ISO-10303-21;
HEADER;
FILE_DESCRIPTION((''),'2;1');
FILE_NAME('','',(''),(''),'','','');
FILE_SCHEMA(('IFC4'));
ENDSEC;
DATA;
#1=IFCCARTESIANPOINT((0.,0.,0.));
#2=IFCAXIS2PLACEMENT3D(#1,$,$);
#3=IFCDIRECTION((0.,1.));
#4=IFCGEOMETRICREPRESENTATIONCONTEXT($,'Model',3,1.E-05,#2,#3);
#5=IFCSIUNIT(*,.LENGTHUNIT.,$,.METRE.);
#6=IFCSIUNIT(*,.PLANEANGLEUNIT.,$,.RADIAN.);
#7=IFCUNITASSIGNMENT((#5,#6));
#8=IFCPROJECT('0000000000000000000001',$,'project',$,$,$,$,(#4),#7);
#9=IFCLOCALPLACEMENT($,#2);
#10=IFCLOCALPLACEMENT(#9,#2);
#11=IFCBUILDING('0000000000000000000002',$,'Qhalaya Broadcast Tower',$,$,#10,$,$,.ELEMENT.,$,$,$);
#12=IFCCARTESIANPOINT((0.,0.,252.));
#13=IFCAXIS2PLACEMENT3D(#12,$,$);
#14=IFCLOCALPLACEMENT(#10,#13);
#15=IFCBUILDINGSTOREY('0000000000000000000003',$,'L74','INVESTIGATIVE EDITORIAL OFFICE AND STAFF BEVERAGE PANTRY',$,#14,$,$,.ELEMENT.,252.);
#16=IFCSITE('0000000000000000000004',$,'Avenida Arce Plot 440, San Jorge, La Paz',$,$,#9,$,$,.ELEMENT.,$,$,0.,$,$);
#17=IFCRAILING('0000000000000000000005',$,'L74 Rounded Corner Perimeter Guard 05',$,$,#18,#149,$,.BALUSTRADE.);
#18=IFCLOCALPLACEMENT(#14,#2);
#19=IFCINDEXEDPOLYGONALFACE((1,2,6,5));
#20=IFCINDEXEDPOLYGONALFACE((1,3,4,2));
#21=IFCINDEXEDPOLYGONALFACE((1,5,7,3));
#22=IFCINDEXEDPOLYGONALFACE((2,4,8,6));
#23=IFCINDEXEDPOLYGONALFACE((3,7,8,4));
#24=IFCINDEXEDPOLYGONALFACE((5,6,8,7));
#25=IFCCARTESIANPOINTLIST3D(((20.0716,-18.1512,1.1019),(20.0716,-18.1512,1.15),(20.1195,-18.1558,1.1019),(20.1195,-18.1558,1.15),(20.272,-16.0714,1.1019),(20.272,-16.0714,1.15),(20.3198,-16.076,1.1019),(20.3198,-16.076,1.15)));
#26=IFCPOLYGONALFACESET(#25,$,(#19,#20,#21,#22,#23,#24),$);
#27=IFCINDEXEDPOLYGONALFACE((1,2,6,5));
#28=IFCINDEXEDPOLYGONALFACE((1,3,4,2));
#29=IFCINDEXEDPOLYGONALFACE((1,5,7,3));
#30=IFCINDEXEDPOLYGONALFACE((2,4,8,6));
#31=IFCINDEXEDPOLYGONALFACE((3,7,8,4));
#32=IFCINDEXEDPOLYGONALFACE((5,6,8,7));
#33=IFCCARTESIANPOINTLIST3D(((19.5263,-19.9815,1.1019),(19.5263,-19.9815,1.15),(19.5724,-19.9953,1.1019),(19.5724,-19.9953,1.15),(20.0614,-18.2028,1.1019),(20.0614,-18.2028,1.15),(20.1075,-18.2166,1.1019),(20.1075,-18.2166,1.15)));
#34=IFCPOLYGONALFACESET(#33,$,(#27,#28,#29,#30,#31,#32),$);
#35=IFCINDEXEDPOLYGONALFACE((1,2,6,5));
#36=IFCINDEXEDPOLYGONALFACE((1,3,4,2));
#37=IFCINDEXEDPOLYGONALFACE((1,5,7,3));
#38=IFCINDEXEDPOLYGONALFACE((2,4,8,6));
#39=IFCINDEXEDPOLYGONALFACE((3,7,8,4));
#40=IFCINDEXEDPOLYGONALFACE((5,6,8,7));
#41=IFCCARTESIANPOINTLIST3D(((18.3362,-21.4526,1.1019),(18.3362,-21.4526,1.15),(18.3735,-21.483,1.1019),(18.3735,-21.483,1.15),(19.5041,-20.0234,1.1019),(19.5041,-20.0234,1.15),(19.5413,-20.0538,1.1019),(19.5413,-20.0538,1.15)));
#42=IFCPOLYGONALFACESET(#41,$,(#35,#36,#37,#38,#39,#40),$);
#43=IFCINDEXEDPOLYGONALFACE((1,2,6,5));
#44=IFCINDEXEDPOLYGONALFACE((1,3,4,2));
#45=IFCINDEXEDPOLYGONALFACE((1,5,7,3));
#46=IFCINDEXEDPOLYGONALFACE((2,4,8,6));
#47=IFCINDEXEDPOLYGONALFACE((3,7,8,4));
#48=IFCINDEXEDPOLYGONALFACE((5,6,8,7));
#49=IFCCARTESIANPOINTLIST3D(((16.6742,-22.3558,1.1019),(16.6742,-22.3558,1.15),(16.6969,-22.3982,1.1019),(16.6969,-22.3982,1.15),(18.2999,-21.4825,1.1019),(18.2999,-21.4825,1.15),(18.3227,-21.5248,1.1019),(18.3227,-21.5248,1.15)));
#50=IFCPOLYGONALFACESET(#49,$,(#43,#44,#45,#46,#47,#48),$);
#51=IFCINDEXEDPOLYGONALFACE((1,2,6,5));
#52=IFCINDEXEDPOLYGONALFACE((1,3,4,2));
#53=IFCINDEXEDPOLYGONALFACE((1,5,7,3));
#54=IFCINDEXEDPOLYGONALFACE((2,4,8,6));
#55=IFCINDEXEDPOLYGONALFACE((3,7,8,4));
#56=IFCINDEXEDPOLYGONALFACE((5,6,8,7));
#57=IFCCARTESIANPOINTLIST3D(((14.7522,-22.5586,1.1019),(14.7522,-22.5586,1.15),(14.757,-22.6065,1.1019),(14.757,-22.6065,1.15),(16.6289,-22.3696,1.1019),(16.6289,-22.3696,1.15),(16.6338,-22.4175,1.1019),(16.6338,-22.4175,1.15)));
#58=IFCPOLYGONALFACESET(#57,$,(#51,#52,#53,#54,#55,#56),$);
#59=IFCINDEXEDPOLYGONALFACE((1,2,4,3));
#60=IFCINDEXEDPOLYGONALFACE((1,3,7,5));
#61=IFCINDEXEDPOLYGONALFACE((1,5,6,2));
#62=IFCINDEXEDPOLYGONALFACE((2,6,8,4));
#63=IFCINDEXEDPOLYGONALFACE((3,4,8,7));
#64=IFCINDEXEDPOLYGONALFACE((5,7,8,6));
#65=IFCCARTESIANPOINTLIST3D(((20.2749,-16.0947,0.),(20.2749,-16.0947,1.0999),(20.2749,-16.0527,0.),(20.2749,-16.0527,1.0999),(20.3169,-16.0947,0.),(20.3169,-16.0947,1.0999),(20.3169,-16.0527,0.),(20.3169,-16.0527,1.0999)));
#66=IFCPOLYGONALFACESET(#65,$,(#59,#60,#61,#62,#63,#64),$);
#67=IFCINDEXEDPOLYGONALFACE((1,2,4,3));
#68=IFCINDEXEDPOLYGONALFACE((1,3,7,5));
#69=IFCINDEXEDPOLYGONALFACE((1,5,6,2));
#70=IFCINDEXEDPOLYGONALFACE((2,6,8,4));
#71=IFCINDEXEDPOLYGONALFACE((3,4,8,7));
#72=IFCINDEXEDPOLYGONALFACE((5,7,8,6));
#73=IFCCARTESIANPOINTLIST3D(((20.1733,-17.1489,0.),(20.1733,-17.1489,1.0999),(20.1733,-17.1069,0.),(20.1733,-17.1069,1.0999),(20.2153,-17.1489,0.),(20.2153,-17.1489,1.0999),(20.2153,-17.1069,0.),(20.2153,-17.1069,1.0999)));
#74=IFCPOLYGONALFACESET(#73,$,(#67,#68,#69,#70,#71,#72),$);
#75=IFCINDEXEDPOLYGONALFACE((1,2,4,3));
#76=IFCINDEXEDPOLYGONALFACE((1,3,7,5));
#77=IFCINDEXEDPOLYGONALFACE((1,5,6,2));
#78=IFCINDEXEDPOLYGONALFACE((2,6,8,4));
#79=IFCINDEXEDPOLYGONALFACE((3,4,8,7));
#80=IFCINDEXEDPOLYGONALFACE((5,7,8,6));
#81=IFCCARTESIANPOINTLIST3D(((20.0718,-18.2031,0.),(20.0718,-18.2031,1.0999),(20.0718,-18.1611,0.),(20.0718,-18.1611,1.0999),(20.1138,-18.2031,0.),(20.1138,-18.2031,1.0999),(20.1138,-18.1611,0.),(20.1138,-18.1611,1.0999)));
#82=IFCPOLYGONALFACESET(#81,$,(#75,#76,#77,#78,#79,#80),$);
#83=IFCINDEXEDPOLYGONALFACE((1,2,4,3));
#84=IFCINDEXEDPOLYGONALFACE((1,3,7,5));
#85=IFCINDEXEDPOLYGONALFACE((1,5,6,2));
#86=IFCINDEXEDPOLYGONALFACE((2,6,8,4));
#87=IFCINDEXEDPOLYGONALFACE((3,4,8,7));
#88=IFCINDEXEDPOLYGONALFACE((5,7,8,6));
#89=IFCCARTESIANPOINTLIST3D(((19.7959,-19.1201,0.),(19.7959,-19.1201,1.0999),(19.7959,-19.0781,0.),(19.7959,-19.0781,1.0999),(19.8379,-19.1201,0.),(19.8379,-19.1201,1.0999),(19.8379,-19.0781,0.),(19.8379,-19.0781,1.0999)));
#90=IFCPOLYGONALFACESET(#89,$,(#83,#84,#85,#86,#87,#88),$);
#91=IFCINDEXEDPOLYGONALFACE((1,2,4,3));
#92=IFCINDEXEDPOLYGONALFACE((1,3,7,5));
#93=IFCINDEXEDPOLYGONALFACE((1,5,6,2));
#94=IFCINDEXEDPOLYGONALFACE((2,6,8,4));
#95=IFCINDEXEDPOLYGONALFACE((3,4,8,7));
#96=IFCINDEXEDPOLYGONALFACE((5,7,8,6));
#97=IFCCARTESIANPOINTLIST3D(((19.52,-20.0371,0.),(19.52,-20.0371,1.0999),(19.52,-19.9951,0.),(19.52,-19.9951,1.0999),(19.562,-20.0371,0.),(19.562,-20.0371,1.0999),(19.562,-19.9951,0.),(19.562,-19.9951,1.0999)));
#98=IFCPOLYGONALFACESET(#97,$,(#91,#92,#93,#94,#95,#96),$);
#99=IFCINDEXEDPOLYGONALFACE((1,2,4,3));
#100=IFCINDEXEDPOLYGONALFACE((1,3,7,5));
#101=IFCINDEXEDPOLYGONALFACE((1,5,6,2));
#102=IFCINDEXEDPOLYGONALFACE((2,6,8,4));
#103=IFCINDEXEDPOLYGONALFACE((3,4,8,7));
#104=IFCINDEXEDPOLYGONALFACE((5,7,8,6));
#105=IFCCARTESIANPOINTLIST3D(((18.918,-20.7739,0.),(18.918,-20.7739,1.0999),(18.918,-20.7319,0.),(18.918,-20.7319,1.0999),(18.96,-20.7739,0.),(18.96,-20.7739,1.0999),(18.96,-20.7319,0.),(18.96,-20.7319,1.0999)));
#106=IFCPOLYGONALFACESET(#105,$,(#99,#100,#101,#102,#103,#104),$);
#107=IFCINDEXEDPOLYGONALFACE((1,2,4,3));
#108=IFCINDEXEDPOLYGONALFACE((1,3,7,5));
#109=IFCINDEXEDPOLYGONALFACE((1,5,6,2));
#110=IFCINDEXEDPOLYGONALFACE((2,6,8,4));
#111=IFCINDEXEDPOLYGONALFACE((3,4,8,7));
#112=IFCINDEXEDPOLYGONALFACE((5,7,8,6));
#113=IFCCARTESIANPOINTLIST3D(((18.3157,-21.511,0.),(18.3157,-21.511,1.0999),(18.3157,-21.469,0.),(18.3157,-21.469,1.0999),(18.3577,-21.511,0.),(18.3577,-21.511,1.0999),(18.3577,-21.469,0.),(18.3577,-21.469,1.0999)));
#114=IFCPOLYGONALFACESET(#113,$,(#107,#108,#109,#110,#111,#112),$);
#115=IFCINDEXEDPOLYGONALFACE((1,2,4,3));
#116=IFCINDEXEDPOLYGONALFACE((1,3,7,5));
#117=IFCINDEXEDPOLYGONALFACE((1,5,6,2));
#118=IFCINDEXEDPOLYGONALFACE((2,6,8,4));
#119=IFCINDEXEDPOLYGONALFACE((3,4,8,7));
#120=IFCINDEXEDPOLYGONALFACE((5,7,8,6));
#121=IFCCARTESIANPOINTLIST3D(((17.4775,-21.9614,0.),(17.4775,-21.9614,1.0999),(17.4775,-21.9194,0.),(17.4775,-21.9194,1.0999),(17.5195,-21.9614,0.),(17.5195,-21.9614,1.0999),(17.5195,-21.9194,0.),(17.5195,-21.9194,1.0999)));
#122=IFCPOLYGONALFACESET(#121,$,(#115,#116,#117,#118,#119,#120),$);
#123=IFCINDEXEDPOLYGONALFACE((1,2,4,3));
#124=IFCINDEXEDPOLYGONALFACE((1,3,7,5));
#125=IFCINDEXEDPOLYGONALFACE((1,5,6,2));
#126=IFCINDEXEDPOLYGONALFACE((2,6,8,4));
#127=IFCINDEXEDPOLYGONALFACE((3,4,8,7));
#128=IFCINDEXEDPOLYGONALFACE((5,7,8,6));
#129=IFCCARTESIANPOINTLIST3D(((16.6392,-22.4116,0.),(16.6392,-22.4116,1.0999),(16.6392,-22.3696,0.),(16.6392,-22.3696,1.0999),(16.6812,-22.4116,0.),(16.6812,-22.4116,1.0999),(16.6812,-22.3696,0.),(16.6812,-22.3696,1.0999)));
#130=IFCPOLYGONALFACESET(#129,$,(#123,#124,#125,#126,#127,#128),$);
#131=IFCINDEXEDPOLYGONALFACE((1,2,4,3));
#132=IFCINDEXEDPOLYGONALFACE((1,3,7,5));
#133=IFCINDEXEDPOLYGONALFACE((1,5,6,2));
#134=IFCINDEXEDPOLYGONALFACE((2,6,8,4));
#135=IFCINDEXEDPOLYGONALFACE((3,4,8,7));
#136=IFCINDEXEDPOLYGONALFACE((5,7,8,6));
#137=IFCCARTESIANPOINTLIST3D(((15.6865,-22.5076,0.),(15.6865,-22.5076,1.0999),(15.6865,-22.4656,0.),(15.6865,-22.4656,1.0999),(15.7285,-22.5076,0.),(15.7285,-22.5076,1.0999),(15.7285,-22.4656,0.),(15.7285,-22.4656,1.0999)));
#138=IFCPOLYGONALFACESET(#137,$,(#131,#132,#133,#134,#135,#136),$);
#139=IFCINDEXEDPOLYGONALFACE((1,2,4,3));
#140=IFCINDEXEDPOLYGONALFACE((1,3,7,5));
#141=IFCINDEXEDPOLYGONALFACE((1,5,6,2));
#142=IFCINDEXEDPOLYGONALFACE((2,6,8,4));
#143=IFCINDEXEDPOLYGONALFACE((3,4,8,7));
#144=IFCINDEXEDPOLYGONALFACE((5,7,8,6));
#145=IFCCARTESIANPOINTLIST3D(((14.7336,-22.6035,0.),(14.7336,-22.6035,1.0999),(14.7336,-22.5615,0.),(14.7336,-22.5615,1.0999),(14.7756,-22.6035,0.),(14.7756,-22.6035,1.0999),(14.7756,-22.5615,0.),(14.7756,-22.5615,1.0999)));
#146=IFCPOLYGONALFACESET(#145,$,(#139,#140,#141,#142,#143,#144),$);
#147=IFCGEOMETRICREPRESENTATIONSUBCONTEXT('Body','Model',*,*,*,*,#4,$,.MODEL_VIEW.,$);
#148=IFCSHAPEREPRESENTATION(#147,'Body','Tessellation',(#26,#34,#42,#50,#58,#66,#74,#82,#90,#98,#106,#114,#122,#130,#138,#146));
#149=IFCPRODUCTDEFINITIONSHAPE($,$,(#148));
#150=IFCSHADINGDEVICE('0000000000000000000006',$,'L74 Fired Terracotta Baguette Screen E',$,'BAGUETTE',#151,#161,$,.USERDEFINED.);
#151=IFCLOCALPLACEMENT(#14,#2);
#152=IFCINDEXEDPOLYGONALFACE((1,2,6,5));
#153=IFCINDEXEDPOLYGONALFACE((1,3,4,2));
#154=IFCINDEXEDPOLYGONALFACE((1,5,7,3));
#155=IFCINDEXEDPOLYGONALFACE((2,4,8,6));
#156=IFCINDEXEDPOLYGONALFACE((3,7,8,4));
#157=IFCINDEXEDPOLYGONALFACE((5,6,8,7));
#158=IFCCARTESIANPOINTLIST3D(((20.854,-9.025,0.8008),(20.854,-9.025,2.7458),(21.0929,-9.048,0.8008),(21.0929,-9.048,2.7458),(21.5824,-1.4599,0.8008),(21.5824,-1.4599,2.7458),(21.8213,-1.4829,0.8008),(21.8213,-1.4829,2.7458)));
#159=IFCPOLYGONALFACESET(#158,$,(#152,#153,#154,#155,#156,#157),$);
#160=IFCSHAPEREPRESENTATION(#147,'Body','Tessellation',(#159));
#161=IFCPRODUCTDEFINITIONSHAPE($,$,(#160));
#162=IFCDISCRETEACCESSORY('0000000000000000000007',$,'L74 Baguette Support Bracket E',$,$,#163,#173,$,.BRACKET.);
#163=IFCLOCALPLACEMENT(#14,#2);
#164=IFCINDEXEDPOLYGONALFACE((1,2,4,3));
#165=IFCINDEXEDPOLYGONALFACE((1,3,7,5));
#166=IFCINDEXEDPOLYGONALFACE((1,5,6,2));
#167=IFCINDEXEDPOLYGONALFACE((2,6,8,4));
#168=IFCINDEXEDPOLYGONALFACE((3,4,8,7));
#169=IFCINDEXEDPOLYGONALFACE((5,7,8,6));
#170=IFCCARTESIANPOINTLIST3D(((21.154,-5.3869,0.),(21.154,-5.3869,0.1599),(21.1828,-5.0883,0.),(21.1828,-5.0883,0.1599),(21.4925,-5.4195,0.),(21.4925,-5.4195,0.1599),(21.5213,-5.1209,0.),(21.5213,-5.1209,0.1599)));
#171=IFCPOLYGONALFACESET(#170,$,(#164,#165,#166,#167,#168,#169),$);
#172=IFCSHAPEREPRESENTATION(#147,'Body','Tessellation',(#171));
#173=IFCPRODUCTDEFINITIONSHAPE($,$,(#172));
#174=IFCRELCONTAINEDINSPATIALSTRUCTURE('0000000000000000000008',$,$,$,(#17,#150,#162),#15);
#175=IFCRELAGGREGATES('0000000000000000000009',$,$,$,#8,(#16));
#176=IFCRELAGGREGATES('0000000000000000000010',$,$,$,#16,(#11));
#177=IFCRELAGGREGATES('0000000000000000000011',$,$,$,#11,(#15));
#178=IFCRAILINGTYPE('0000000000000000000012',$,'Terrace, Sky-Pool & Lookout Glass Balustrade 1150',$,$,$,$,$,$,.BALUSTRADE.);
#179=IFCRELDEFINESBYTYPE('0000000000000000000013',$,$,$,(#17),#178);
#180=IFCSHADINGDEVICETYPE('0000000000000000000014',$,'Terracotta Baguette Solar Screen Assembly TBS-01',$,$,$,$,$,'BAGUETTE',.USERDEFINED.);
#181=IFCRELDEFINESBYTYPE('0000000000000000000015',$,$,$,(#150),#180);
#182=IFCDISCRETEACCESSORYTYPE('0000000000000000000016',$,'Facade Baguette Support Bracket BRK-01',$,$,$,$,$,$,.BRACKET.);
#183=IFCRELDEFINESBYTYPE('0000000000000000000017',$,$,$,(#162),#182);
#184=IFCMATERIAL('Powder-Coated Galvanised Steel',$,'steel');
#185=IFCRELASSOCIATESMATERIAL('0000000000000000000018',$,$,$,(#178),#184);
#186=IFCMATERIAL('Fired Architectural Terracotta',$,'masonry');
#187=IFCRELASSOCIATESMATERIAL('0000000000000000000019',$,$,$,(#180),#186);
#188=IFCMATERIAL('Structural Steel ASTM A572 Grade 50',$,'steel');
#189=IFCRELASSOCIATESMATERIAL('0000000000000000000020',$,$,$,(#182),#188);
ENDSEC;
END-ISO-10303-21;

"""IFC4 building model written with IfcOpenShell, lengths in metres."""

from ifc_helpers import new_model, si_unit, direction, frame, origin, origin_2d, place, context, subcontext, project, spatial, rectangle, extrude, material, type_object, element, save


model = new_model("IFC4")

# Units and contexts
model_context = context("Model", 3, precision=1e-05, world=origin(), true_north=direction((0.0, 1.0)))
body_context = subcontext(model_context, "Body", "Model", "MODEL_VIEW")
ifc_project = project(units=[si_unit("LENGTHUNIT", "METRE"), si_unit("PLANEANGLEUNIT", "RADIAN")], contexts=[model_context])

# Site, building, storey
site_placement = place(None, origin())
site = spatial("IfcSite", under=ifc_project, at=site_placement, Name="Avenida Arce Plot 440, San Jorge, La Paz", CompositionType="ELEMENT", RefElevation=0.0)
building_placement = place(site_placement, origin())
building = spatial("IfcBuilding", under=site, at=building_placement, Name="Qhalaya Broadcast Tower", CompositionType="ELEMENT")
storey_placement = place(building_placement, frame((0.0, 0.0, 252.0)))
storey = spatial("IfcBuildingStorey", under=building, at=storey_placement, Name="L74", Description="INVESTIGATIVE EDITORIAL OFFICE AND STAFF BEVERAGE PANTRY", CompositionType="ELEMENT", Elevation=252.0)

# Shared definitions
ifc_material_1 = material(Name="Structural Steel ASTM A572 Grade 50", Category="steel")

# Shared definitions
ifc_material_2 = material(Name="Fired Architectural Terracotta", Category="masonry")

# Railing
ifc_material_3 = material(Name="Powder-Coated Galvanised Steel", Category="steel")
railing_type = type_object("IfcRailingType", Name="Terrace, Sky-Pool & Lookout Glass Balustrade 1150", PredefinedType="BALUSTRADE", material=ifc_material_3)
railing_1_placement = place(storey_placement, frame((20.2959, -16.0737, 0.0)))
element("IfcRailing", 1, at=railing_1_placement, inside=storey, type_object=railing_type, Name="L74 Rounded Corner Perimeter Guard 05", PredefinedType="BALUSTRADE", context=body_context, shape_type="SweptSolid", body=[
    extrude(rectangle(XDim=0.0481, YDim=0.0481, at=origin_2d()), frame((0.0, 0.0, 1.126), z_axis=(-0.095897, -0.995391, 0.0), x_axis=(0.995391, -0.095897, 0.0)), (0.0, 0.0, 1.0), 2.0894),
    extrude(rectangle(XDim=0.0481, YDim=0.0481, at=origin_2d()), frame((-0.2114, -2.136, 1.126), z_axis=(-0.288096, -0.957601, 0.0), x_axis=(0.957601, -0.288096, 0.0)), (0.0, 0.0, 1.0), 1.8574),
    extrude(rectangle(XDim=0.0481, YDim=0.0481, at=origin_2d()), frame((-0.7732, -3.9648, 1.126), z_axis=(-0.632749, -0.774357, 0.0), x_axis=(0.774357, -0.632749, 0.0)), (0.0, 0.0, 1.0), 1.8457),
    extrude(rectangle(XDim=0.0481, YDim=0.0481, at=origin_2d()), frame((-1.9846, -5.4299, 1.126), z_axis=(-0.880932, -0.473243, 0.0), x_axis=(0.473243, -0.880932, 0.0)), (0.0, 0.0, 1.0), 1.8455),
    extrude(rectangle(XDim=0.0481, YDim=0.0481, at=origin_2d()), frame((-3.6646, -6.3198, 1.126), z_axis=(-0.994968, -0.100198, 0.0), x_axis=(0.100198, -0.994968, 0.0)), (0.0, 0.0, 1.0), 1.8862),
    extrude(rectangle(XDim=0.042, YDim=0.042, at=origin_2d()), origin(), (0.0, 0.0, 1.0), 1.0999),
    extrude(rectangle(XDim=0.042, YDim=0.042, at=origin_2d()), frame((-0.1016, -1.0542, 0.0)), (0.0, 0.0, 1.0), 1.0999),
    extrude(rectangle(XDim=0.042, YDim=0.042, at=origin_2d()), frame((-0.2031, -2.1084, 0.0)), (0.0, 0.0, 1.0), 1.0999),
    extrude(rectangle(XDim=0.042, YDim=0.042, at=origin_2d()), frame((-0.479, -3.0254, 0.0)), (0.0, 0.0, 1.0), 1.0999),
    extrude(rectangle(XDim=0.042, YDim=0.042, at=origin_2d()), frame((-0.7549, -3.9424, 0.0)), (0.0, 0.0, 1.0), 1.0999),
    extrude(rectangle(XDim=0.042, YDim=0.042, at=origin_2d()), frame((-1.3569, -4.6792, 0.0)), (0.0, 0.0, 1.0), 1.0999),
    extrude(rectangle(XDim=0.042, YDim=0.042, at=origin_2d()), frame((-1.9592, -5.4163, 0.0)), (0.0, 0.0, 1.0), 1.0999),
    extrude(rectangle(XDim=0.042, YDim=0.042, at=origin_2d()), frame((-2.7974, -5.8667, 0.0)), (0.0, 0.0, 1.0), 1.0999),
    extrude(rectangle(XDim=0.042, YDim=0.042, at=origin_2d()), frame((-3.6357, -6.3169, 0.0)), (0.0, 0.0, 1.0), 1.0999),
    extrude(rectangle(XDim=0.042, YDim=0.042, at=origin_2d()), frame((-4.5884, -6.4128, 0.0)), (0.0, 0.0, 1.0), 1.0999),
    extrude(rectangle(XDim=0.042, YDim=0.042, at=origin_2d()), frame((-5.5413, -6.5088, 0.0)), (0.0, 0.0, 1.0), 1.0999),
])

# Shading device
shading_device_type = type_object("IfcShadingDeviceType", Name="Terracotta Baguette Solar Screen Assembly TBS-01", ElementType="BAGUETTE", PredefinedType="USERDEFINED", material=ifc_material_2)
shading_device_placement = place(storey_placement, frame((21.3376, -5.2539, 0.8008), z_axis=(0.0, 0.0, 1.0), x_axis=(0.095846, 0.995396, 0.0)))
element("IfcShadingDevice", 2, at=shading_device_placement, inside=storey, type_object=shading_device_type, Name="L74 Fired Terracotta Baguette Screen E", ObjectType="BAGUETTE", PredefinedType="USERDEFINED", context=body_context, shape_type="SweptSolid", body=[
    extrude(rectangle(XDim=7.6001, YDim=0.24, at=origin_2d()), origin(), (0.0, 0.0, 1.0), 1.9451),
])

# Discrete accessory
discrete_accessory_type = type_object("IfcDiscreteAccessoryType", Name="Facade Baguette Support Bracket BRK-01", PredefinedType="BRACKET", material=ifc_material_1)
discrete_accessory_placement = place(storey_placement, frame((21.3376, -5.2539, 0.0), z_axis=(0.0, 0.0, 1.0), x_axis=(0.095846, 0.995396, 0.0)))
element("IfcDiscreteAccessory", 3, at=discrete_accessory_placement, inside=storey, type_object=discrete_accessory_type, Name="L74 Baguette Support Bracket E", PredefinedType="BRACKET", context=body_context, shape_type="SweptSolid", body=[
    extrude(rectangle(XDim=0.3, YDim=0.3401, at=origin_2d()), origin(), (0.0, 0.0, 1.0), 0.1599),
])

save(model, "model.ifc")
